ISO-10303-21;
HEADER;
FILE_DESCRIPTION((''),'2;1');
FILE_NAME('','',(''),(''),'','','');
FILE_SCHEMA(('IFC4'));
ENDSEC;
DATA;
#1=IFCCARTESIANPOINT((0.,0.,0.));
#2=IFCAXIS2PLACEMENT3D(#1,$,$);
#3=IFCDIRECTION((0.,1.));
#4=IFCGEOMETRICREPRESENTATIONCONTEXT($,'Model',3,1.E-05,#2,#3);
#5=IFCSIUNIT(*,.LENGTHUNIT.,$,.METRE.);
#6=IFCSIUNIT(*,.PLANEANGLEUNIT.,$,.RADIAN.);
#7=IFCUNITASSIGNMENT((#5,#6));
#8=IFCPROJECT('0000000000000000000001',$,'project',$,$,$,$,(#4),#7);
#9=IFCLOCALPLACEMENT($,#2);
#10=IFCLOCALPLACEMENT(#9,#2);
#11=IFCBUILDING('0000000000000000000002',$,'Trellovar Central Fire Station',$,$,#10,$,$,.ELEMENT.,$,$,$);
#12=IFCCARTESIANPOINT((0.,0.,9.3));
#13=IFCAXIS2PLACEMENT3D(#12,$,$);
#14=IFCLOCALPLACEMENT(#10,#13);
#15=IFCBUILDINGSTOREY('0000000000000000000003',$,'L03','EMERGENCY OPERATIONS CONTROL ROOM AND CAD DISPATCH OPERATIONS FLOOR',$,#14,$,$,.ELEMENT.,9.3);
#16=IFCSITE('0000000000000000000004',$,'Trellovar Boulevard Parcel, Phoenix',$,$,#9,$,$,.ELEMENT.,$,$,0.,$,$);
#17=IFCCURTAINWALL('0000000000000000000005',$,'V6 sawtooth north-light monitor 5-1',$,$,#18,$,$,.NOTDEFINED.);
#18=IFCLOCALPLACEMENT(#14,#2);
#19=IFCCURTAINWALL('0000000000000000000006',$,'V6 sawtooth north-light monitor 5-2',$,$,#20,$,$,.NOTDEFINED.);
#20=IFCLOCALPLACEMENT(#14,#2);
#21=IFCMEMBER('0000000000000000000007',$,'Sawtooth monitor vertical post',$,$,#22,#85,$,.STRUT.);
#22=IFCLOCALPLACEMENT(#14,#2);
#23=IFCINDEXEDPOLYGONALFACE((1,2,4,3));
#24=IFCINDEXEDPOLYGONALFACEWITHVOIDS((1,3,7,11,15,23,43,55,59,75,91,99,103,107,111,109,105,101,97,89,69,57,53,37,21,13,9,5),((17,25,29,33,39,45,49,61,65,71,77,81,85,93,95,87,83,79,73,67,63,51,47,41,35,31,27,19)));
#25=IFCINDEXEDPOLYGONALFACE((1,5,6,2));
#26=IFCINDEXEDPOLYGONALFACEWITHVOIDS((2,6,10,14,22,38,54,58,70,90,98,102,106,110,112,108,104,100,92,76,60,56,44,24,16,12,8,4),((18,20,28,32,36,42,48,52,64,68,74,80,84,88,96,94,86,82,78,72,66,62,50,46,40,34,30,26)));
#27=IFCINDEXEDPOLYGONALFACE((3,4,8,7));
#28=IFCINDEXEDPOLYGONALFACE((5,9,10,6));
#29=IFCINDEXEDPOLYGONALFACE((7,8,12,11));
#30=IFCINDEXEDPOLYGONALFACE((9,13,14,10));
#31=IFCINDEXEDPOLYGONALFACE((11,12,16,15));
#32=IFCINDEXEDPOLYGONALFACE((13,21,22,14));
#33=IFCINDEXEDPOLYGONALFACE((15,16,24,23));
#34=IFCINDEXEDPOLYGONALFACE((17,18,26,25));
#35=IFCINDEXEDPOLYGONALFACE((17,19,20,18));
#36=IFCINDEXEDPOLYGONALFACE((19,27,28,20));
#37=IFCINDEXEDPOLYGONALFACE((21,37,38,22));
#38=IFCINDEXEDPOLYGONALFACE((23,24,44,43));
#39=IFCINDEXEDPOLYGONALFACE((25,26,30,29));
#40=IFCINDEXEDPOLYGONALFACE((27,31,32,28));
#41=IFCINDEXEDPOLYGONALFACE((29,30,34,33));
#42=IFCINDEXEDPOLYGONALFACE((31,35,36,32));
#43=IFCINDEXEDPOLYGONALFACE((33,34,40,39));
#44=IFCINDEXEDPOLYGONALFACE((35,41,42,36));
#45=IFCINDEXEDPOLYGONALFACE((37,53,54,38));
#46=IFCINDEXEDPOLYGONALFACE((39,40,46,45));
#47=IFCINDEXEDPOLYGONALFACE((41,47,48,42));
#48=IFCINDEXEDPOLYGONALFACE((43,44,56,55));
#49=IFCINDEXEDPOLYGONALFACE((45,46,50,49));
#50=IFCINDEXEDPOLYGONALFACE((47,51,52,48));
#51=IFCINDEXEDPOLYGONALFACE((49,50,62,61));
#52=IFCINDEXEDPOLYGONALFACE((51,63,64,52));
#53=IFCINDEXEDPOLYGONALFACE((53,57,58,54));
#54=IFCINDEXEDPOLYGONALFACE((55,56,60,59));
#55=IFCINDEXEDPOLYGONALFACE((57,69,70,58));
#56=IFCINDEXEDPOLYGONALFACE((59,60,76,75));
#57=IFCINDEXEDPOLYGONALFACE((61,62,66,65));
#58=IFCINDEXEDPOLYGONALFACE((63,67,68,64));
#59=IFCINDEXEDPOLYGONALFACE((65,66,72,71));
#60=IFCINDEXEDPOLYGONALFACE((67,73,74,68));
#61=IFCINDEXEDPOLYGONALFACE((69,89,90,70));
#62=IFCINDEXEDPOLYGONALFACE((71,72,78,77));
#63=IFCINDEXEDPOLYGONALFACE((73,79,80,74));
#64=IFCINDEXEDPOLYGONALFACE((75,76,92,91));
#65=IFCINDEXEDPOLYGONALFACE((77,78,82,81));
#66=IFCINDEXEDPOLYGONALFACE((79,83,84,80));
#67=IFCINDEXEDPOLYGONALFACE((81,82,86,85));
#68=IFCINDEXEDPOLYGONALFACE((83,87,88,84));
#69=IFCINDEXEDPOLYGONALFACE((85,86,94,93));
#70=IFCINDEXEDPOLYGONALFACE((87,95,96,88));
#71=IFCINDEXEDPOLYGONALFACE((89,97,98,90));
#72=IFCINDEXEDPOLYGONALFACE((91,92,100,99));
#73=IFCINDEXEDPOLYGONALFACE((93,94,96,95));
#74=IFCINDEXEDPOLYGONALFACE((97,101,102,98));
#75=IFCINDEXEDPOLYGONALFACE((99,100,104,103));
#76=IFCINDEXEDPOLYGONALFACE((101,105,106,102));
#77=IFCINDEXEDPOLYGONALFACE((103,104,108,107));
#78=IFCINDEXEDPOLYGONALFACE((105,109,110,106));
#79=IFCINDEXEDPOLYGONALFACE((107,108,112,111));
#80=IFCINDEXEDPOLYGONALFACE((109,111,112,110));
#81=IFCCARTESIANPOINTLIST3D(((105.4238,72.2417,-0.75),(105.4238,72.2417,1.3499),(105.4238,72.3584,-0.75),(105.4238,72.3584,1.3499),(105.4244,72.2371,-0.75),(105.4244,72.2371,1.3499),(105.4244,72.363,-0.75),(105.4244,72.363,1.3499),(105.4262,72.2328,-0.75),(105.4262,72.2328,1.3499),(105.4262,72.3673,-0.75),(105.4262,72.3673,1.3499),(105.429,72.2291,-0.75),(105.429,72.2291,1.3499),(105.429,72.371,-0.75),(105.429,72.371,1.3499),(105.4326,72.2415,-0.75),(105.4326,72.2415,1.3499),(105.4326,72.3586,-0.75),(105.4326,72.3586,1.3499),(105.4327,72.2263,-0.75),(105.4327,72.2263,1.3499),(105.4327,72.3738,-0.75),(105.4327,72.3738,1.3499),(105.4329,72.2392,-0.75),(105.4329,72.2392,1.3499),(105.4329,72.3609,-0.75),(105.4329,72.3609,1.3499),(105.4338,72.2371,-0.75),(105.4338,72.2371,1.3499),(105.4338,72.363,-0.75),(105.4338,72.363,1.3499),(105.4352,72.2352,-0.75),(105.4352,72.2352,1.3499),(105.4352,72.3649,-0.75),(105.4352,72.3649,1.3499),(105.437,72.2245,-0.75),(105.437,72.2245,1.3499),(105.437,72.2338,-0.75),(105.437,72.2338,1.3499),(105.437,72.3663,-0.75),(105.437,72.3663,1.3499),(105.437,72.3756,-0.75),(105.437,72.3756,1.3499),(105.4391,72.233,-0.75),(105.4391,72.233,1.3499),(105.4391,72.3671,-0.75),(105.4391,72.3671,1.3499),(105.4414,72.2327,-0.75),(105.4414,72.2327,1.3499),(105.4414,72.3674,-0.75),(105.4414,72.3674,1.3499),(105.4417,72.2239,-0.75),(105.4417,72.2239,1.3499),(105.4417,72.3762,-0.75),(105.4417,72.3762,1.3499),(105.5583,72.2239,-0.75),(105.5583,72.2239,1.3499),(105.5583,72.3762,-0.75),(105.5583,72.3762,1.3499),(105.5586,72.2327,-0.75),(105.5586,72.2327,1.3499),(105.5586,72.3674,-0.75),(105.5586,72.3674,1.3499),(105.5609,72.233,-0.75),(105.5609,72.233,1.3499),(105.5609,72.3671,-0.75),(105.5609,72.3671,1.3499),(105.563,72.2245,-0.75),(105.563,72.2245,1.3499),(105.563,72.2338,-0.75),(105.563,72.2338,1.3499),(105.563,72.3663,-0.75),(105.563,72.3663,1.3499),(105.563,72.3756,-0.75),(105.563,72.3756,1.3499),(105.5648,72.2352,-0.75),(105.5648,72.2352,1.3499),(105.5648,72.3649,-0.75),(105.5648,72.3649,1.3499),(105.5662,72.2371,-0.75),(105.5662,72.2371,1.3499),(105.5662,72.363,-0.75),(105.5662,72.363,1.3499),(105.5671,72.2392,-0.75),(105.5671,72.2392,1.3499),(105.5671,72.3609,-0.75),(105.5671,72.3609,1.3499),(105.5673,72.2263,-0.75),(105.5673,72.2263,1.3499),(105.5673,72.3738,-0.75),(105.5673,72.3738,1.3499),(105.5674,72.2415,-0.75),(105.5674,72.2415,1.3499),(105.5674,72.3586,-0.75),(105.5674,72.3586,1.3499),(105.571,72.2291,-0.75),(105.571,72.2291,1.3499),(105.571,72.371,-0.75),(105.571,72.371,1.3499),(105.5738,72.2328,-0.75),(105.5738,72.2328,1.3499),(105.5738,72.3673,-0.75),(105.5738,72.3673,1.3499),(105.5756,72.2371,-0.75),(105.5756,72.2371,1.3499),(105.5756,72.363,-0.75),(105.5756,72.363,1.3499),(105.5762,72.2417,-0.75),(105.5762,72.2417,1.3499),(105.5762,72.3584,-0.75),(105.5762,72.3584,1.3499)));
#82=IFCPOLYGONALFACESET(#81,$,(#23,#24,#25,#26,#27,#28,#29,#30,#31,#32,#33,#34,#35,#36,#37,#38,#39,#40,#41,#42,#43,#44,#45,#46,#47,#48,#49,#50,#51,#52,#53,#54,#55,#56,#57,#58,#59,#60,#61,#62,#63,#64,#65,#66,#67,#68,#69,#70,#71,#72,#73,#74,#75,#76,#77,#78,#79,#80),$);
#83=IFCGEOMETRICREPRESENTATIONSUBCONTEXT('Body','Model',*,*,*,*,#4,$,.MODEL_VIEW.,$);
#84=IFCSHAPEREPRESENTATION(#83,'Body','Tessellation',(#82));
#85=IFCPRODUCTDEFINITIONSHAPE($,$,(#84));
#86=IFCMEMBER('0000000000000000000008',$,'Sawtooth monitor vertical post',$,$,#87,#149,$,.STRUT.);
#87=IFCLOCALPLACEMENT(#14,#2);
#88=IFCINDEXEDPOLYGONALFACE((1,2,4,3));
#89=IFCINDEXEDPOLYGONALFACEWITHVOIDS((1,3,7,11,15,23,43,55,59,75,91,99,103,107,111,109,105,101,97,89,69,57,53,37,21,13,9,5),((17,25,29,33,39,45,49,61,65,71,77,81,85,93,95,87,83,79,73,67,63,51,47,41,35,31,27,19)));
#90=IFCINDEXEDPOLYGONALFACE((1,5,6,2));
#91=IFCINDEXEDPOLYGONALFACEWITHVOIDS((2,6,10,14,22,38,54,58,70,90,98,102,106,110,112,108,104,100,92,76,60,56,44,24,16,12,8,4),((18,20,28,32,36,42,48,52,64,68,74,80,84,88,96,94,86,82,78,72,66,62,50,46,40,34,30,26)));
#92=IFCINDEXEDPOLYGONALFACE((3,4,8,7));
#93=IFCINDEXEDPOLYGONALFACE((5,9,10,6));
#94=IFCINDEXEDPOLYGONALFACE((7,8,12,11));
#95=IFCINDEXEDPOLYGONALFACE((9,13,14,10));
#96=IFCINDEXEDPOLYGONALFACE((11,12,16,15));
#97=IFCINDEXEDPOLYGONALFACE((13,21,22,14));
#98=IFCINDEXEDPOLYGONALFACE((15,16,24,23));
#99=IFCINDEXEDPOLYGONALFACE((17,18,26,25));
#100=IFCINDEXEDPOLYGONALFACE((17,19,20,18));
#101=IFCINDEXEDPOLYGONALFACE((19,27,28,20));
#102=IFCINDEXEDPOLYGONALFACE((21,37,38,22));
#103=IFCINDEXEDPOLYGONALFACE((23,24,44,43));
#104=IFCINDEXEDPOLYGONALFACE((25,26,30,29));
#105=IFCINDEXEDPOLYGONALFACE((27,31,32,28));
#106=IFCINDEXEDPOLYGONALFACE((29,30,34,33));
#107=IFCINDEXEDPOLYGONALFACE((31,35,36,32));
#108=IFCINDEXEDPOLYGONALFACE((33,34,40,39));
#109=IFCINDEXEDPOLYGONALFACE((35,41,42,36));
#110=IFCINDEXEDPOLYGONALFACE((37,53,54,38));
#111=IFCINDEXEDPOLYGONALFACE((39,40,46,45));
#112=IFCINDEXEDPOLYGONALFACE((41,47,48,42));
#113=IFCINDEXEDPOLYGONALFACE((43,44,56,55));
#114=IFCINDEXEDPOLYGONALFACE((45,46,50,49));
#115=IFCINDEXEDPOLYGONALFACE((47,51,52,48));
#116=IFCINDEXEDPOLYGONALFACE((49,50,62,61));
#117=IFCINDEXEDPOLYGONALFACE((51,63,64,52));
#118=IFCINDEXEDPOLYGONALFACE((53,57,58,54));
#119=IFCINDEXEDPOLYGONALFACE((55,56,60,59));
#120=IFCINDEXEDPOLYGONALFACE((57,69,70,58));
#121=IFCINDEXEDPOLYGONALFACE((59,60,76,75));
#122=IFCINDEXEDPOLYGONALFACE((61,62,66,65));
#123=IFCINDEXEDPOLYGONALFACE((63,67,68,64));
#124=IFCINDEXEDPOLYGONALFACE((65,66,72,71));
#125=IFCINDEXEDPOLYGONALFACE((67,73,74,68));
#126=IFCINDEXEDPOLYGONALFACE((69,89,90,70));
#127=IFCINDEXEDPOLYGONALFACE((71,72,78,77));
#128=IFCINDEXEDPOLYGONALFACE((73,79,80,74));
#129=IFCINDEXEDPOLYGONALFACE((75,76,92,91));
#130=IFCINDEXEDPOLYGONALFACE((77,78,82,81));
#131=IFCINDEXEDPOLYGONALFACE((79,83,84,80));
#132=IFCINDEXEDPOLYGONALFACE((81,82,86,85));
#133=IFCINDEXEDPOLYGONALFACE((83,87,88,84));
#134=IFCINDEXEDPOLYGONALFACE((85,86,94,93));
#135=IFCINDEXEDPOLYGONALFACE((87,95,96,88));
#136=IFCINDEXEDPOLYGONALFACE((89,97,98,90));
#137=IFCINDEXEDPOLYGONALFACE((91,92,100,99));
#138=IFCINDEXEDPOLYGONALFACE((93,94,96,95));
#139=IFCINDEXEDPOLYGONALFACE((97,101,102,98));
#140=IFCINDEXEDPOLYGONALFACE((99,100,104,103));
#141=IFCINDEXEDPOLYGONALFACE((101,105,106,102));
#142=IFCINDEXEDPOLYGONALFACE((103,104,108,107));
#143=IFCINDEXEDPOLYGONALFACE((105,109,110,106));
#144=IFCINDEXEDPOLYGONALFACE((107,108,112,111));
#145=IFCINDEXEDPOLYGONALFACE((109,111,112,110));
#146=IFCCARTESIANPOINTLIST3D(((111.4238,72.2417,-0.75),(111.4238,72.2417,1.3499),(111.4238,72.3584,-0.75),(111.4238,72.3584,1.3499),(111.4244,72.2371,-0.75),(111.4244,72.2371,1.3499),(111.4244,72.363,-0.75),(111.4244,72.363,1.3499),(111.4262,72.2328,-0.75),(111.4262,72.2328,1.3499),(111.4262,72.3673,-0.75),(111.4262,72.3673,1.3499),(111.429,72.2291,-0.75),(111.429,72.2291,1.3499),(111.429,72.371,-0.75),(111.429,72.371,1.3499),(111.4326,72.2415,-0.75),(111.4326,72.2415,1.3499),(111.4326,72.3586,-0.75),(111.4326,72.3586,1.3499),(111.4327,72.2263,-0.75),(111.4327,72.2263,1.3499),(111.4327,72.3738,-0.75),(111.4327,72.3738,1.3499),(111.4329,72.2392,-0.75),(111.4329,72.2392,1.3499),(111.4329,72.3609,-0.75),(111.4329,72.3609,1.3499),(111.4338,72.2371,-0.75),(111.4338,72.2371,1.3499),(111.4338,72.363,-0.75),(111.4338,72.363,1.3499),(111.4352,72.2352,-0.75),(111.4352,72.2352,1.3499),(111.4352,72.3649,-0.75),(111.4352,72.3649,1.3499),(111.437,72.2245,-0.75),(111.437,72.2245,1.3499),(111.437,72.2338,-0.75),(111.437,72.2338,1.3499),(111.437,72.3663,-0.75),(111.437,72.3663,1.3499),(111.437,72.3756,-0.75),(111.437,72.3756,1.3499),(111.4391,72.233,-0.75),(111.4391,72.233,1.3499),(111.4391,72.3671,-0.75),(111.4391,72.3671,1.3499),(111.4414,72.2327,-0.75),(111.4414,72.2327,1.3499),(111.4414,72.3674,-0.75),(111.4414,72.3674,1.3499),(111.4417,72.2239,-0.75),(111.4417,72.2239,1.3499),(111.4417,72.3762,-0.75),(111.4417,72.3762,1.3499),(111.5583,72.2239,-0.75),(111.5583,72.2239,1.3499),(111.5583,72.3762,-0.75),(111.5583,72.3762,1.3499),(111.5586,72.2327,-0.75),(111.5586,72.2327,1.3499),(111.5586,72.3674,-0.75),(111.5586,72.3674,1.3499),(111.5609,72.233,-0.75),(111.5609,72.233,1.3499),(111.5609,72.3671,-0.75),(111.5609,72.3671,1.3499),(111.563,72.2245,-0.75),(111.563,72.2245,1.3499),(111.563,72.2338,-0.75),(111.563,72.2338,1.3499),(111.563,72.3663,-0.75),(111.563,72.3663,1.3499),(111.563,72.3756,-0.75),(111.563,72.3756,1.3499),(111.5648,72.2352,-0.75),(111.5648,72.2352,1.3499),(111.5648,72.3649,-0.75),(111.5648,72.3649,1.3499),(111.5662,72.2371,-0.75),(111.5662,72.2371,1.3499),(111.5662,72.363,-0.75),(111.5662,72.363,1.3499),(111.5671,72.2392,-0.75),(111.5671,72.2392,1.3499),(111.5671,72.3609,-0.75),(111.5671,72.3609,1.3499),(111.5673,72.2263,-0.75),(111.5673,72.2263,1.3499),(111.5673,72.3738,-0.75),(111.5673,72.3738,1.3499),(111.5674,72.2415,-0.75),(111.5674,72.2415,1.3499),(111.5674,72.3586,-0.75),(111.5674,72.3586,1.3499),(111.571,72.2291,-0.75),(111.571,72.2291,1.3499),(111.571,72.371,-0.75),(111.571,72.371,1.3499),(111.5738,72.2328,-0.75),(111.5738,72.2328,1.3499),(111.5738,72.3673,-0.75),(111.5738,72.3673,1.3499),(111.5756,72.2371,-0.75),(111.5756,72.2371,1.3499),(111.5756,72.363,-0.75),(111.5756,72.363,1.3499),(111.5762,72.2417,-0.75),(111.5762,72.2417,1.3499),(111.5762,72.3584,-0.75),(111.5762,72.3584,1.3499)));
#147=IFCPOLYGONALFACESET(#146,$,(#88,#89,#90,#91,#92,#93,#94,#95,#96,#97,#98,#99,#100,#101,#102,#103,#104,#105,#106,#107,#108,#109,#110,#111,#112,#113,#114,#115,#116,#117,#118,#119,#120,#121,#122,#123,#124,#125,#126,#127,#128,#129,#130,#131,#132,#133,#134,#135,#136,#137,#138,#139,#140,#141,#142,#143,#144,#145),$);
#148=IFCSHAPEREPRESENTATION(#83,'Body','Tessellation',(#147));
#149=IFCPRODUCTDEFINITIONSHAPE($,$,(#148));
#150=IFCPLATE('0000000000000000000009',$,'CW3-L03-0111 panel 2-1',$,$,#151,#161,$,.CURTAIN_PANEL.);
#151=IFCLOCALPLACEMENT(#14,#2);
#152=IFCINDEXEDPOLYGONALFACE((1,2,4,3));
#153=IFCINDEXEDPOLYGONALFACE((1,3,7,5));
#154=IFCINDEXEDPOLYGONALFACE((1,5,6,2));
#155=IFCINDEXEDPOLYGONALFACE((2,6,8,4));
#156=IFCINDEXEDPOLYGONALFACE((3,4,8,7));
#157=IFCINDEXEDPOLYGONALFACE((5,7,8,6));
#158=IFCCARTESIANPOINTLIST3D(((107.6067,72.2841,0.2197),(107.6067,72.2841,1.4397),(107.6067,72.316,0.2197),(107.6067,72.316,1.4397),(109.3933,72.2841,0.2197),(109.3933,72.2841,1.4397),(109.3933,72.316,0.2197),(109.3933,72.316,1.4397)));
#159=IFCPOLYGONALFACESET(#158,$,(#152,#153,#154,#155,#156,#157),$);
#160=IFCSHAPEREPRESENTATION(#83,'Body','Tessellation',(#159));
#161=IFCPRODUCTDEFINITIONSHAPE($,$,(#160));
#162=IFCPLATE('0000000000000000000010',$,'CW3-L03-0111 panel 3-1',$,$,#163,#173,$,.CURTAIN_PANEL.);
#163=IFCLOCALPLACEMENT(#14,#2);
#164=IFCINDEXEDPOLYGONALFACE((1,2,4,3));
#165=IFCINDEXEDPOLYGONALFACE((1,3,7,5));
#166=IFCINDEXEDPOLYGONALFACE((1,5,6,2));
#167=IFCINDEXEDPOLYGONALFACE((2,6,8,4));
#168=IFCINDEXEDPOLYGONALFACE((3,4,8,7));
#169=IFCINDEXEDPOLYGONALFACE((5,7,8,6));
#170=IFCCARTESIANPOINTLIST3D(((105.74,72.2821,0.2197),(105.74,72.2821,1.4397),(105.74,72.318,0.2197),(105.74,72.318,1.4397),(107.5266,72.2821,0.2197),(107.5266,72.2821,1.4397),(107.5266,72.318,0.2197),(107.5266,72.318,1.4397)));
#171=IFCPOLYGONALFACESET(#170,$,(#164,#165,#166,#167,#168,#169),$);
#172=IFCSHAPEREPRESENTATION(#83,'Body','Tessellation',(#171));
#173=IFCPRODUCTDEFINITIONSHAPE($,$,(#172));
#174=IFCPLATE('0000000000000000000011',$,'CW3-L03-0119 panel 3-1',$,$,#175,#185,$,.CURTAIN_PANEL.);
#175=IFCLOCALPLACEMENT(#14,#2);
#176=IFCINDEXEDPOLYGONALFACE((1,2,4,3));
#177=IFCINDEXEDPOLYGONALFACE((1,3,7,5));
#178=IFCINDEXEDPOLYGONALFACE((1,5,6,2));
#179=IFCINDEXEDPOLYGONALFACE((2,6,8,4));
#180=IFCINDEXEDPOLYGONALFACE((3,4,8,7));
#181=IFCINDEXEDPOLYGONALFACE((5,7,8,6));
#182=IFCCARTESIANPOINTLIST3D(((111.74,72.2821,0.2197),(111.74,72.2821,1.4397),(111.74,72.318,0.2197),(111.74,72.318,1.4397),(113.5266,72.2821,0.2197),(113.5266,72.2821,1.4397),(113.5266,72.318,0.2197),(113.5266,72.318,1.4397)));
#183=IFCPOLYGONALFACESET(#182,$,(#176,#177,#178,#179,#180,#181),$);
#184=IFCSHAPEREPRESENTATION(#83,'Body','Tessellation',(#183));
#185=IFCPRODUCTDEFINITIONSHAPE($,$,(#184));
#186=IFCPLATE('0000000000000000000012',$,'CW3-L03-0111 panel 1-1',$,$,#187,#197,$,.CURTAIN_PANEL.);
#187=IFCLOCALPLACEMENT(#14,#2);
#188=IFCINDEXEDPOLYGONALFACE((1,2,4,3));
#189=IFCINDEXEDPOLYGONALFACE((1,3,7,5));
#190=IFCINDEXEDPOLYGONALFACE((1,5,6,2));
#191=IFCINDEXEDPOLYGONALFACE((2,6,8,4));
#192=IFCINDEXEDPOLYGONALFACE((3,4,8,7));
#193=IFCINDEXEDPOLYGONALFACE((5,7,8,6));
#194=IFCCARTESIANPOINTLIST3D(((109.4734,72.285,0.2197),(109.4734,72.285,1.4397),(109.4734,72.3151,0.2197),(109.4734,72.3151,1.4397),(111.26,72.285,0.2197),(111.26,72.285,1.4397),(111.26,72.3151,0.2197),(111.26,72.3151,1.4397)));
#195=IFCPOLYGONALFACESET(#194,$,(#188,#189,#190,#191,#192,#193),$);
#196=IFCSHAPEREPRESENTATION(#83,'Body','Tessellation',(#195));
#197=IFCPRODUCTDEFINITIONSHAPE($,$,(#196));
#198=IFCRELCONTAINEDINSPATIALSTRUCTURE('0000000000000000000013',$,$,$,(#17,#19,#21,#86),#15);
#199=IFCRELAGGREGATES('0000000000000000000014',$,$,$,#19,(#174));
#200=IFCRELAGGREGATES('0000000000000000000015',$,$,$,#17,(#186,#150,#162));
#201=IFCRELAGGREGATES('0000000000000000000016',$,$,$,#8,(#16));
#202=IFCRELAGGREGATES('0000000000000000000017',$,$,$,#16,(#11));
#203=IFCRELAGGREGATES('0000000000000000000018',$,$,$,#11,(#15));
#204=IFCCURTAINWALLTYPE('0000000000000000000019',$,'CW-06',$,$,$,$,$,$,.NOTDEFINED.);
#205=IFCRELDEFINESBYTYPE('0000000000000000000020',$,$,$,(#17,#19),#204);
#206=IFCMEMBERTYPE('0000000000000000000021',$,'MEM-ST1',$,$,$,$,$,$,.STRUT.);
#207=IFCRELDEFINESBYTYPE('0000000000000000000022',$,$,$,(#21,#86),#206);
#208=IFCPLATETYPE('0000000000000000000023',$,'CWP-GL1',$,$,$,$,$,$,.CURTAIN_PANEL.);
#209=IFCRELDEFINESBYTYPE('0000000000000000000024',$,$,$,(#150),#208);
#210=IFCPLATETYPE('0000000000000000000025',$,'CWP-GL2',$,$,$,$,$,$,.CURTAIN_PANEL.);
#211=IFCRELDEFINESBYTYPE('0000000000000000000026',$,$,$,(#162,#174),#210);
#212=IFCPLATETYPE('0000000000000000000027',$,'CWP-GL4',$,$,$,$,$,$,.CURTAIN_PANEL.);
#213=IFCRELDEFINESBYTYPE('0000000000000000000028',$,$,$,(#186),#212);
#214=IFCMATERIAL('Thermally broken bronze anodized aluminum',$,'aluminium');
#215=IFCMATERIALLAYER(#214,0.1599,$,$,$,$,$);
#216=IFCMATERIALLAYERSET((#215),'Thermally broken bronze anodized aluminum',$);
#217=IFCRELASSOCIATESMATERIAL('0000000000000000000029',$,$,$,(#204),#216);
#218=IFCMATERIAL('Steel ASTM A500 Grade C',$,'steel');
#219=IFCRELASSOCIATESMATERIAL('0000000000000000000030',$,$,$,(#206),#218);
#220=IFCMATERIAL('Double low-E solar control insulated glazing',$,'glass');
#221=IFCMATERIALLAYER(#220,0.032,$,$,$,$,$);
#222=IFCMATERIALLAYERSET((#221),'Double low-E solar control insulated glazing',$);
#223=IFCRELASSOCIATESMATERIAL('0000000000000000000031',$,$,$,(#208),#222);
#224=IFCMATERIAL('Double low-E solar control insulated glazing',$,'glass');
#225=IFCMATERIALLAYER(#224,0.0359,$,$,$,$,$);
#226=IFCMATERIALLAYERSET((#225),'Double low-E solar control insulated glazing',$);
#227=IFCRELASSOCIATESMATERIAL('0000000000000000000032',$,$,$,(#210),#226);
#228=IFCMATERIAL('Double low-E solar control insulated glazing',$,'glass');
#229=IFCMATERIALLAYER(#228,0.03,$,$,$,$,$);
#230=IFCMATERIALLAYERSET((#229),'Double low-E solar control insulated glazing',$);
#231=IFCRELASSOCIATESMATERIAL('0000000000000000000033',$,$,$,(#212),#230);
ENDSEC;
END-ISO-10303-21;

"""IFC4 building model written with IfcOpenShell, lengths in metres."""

from ifc_helpers import new_model, si_unit, direction, frame, origin, origin_2d, place, context, subcontext, project, spatial, rectangle, hollow_rectangle, extrude, material, layer, layer_set, material_profile, profile_set, type_object, element, aggregate, save


model = new_model("IFC4")

# Units and contexts
model_context = context("Model", 3, precision=1e-05, world=origin(), true_north=direction((0.0, 1.0)))
body_context = subcontext(model_context, "Body", "Model", "MODEL_VIEW")
ifc_project = project(units=[si_unit("LENGTHUNIT", "METRE"), si_unit("PLANEANGLEUNIT", "RADIAN")], contexts=[model_context])

# Site, building, storey
site_placement = place(None, origin())
site = spatial("IfcSite", under=ifc_project, at=site_placement, Name="Trellovar Boulevard Parcel, Phoenix", CompositionType="ELEMENT", RefElevation=0.0)
building_placement = place(site_placement, origin())
building = spatial("IfcBuilding", under=site, at=building_placement, Name="Trellovar Central Fire Station", CompositionType="ELEMENT")
storey_placement = place(building_placement, frame((0.0, 0.0, 9.3)))
storey = spatial("IfcBuildingStorey", under=building, at=storey_placement, Name="L03", Description="EMERGENCY OPERATIONS CONTROL ROOM AND CAD DISPATCH OPERATIONS FLOOR", CompositionType="ELEMENT", Elevation=9.3)

# Curtain wall
ifc_material_1 = material(Name="Thermally broken bronze anodized aluminum", Category="aluminium")
ifc_layer_1 = layer(ifc_material_1, 0.1599)
ifc_layer_set_1 = layer_set([ifc_layer_1], Name="Thermally broken bronze anodized aluminum")
curtain_wall_type = type_object("IfcCurtainWallType", Name="CW-06", PredefinedType="NOTDEFINED", material=ifc_layer_set_1)
curtain_wall_1_placement = place(storey_placement, origin())
curtain_wall_1 = element("IfcCurtainWall", 1, at=curtain_wall_1_placement, inside=storey, type_object=curtain_wall_type, Name="V6 sawtooth north-light monitor 5-1", PredefinedType="NOTDEFINED")

# Curtain wall
curtain_wall_2_placement = place(storey_placement, origin())
curtain_wall_2 = element("IfcCurtainWall", 2, at=curtain_wall_2_placement, inside=storey, type_object=curtain_wall_type, Name="V6 sawtooth north-light monitor 5-2", PredefinedType="NOTDEFINED")

# Members
ifc_material_2 = material(Name="Steel ASTM A500 Grade C", Category="steel")
ifc_material_profile_1 = material_profile(ifc_material_2, hollow_rectangle(XDim=0.1523, YDim=0.1523, WallThickness=0.0088, InnerFilletRadius=0.0088, OuterFilletRadius=0.0178, at=origin_2d()), Name="HSS6X6X3/8")
ifc_profile_set_1 = profile_set([ifc_material_profile_1], Name="Steel ASTM A500 Grade C")
member_type_1 = type_object("IfcMemberType", Name="MEM-ST1", PredefinedType="STRUT", material=ifc_profile_set_1)
for number, where, z_axis, x_axis, name in (
    (3, (105.5, 72.3, -0.75), (0.0, 0.0, 1.0), (1.0, 0.0, 0.0), "Sawtooth monitor vertical post"),
    (4, (111.5, 72.3, -0.75), (0.0, 0.0, 1.0), (1.0, 0.0, 0.0), "Sawtooth monitor vertical post"),
):
    element("IfcMember", number, at=place(storey_placement, frame(where, z_axis=z_axis, x_axis=x_axis)), inside=storey, type_object=member_type_1, Name=name, PredefinedType="STRUT", context=body_context, shape_type="SweptSolid", body=[
        extrude(hollow_rectangle(XDim=0.1523, YDim=0.1523, WallThickness=0.0088, InnerFilletRadius=0.0088, OuterFilletRadius=0.0178, at=origin_2d()), origin(), (0.0, 0.0, 1.0), 2.0999),
    ])

# Plates
ifc_material_3 = material(Name="Double low-E solar control insulated glazing", Category="glass")
ifc_layer_2 = layer(ifc_material_3, 0.032)
ifc_layer_set_2 = layer_set([ifc_layer_2], Name="Double low-E solar control insulated glazing")
plate_type_1 = type_object("IfcPlateType", Name="CWP-GL1", PredefinedType="CURTAIN_PANEL", material=ifc_layer_set_2)
plate_1_placement = place(storey_placement, frame((108.5, 72.3, 0.2197), z_axis=(0.0, 0.0, 1.0), x_axis=(-1.0, 0.0, 0.0)))
plate_1 = element("IfcPlate", 5, at=plate_1_placement, type_object=plate_type_1, Name="CW3-L03-0111 panel 2-1", PredefinedType="CURTAIN_PANEL", context=body_context, shape_type="SweptSolid", body=[
    extrude(rectangle(XDim=1.7866, YDim=0.032, at=origin_2d()), origin(), (0.0, 0.0, 1.0), 1.22),
])
ifc_material_4 = material(Name="Double low-E solar control insulated glazing", Category="glass")
ifc_layer_3 = layer(ifc_material_4, 0.0359)
ifc_layer_set_3 = layer_set([ifc_layer_3], Name="Double low-E solar control insulated glazing")
plate_type_2 = type_object("IfcPlateType", Name="CWP-GL2", PredefinedType="CURTAIN_PANEL", material=ifc_layer_set_3)
plate_2_placement = place(storey_placement, frame((106.6333, 72.3, 0.2197), z_axis=(0.0, 0.0, 1.0), x_axis=(-1.0, 0.0, 0.0)))
plate_2 = element("IfcPlate", 6, at=plate_2_placement, type_object=plate_type_2, Name="CW3-L03-0111 panel 3-1", PredefinedType="CURTAIN_PANEL", context=body_context, shape_type="SweptSolid", body=[
    extrude(rectangle(XDim=1.7866, YDim=0.0359, at=origin_2d()), origin(), (0.0, 0.0, 1.0), 1.22),
])
plate_3_placement = place(storey_placement, frame((112.6333, 72.3, 0.2197), z_axis=(0.0, 0.0, 1.0), x_axis=(-1.0, 0.0, 0.0)))
plate_3 = element("IfcPlate", 7, at=plate_3_placement, type_object=plate_type_2, Name="CW3-L03-0119 panel 3-1", PredefinedType="CURTAIN_PANEL", context=body_context, shape_type="SweptSolid", body=[
    extrude(rectangle(XDim=1.7866, YDim=0.0359, at=origin_2d()), origin(), (0.0, 0.0, 1.0), 1.22),
])
aggregate(curtain_wall_2, [plate_3])
ifc_material_5 = material(Name="Double low-E solar control insulated glazing", Category="glass")
ifc_layer_4 = layer(ifc_material_5, 0.03)
ifc_layer_set_4 = layer_set([ifc_layer_4], Name="Double low-E solar control insulated glazing")
plate_type_3 = type_object("IfcPlateType", Name="CWP-GL4", PredefinedType="CURTAIN_PANEL", material=ifc_layer_set_4)
plate_4_placement = place(storey_placement, frame((110.3667, 72.3, 0.2197), z_axis=(0.0, 0.0, 1.0), x_axis=(-1.0, 0.0, 0.0)))
plate_4 = element("IfcPlate", 8, at=plate_4_placement, type_object=plate_type_3, Name="CW3-L03-0111 panel 1-1", PredefinedType="CURTAIN_PANEL", context=body_context, shape_type="SweptSolid", body=[
    extrude(rectangle(XDim=1.7866, YDim=0.03, at=origin_2d()), origin(), (0.0, 0.0, 1.0), 1.22),
])
aggregate(curtain_wall_1, [plate_4, plate_1, plate_2])

save(model, "model.ifc")
